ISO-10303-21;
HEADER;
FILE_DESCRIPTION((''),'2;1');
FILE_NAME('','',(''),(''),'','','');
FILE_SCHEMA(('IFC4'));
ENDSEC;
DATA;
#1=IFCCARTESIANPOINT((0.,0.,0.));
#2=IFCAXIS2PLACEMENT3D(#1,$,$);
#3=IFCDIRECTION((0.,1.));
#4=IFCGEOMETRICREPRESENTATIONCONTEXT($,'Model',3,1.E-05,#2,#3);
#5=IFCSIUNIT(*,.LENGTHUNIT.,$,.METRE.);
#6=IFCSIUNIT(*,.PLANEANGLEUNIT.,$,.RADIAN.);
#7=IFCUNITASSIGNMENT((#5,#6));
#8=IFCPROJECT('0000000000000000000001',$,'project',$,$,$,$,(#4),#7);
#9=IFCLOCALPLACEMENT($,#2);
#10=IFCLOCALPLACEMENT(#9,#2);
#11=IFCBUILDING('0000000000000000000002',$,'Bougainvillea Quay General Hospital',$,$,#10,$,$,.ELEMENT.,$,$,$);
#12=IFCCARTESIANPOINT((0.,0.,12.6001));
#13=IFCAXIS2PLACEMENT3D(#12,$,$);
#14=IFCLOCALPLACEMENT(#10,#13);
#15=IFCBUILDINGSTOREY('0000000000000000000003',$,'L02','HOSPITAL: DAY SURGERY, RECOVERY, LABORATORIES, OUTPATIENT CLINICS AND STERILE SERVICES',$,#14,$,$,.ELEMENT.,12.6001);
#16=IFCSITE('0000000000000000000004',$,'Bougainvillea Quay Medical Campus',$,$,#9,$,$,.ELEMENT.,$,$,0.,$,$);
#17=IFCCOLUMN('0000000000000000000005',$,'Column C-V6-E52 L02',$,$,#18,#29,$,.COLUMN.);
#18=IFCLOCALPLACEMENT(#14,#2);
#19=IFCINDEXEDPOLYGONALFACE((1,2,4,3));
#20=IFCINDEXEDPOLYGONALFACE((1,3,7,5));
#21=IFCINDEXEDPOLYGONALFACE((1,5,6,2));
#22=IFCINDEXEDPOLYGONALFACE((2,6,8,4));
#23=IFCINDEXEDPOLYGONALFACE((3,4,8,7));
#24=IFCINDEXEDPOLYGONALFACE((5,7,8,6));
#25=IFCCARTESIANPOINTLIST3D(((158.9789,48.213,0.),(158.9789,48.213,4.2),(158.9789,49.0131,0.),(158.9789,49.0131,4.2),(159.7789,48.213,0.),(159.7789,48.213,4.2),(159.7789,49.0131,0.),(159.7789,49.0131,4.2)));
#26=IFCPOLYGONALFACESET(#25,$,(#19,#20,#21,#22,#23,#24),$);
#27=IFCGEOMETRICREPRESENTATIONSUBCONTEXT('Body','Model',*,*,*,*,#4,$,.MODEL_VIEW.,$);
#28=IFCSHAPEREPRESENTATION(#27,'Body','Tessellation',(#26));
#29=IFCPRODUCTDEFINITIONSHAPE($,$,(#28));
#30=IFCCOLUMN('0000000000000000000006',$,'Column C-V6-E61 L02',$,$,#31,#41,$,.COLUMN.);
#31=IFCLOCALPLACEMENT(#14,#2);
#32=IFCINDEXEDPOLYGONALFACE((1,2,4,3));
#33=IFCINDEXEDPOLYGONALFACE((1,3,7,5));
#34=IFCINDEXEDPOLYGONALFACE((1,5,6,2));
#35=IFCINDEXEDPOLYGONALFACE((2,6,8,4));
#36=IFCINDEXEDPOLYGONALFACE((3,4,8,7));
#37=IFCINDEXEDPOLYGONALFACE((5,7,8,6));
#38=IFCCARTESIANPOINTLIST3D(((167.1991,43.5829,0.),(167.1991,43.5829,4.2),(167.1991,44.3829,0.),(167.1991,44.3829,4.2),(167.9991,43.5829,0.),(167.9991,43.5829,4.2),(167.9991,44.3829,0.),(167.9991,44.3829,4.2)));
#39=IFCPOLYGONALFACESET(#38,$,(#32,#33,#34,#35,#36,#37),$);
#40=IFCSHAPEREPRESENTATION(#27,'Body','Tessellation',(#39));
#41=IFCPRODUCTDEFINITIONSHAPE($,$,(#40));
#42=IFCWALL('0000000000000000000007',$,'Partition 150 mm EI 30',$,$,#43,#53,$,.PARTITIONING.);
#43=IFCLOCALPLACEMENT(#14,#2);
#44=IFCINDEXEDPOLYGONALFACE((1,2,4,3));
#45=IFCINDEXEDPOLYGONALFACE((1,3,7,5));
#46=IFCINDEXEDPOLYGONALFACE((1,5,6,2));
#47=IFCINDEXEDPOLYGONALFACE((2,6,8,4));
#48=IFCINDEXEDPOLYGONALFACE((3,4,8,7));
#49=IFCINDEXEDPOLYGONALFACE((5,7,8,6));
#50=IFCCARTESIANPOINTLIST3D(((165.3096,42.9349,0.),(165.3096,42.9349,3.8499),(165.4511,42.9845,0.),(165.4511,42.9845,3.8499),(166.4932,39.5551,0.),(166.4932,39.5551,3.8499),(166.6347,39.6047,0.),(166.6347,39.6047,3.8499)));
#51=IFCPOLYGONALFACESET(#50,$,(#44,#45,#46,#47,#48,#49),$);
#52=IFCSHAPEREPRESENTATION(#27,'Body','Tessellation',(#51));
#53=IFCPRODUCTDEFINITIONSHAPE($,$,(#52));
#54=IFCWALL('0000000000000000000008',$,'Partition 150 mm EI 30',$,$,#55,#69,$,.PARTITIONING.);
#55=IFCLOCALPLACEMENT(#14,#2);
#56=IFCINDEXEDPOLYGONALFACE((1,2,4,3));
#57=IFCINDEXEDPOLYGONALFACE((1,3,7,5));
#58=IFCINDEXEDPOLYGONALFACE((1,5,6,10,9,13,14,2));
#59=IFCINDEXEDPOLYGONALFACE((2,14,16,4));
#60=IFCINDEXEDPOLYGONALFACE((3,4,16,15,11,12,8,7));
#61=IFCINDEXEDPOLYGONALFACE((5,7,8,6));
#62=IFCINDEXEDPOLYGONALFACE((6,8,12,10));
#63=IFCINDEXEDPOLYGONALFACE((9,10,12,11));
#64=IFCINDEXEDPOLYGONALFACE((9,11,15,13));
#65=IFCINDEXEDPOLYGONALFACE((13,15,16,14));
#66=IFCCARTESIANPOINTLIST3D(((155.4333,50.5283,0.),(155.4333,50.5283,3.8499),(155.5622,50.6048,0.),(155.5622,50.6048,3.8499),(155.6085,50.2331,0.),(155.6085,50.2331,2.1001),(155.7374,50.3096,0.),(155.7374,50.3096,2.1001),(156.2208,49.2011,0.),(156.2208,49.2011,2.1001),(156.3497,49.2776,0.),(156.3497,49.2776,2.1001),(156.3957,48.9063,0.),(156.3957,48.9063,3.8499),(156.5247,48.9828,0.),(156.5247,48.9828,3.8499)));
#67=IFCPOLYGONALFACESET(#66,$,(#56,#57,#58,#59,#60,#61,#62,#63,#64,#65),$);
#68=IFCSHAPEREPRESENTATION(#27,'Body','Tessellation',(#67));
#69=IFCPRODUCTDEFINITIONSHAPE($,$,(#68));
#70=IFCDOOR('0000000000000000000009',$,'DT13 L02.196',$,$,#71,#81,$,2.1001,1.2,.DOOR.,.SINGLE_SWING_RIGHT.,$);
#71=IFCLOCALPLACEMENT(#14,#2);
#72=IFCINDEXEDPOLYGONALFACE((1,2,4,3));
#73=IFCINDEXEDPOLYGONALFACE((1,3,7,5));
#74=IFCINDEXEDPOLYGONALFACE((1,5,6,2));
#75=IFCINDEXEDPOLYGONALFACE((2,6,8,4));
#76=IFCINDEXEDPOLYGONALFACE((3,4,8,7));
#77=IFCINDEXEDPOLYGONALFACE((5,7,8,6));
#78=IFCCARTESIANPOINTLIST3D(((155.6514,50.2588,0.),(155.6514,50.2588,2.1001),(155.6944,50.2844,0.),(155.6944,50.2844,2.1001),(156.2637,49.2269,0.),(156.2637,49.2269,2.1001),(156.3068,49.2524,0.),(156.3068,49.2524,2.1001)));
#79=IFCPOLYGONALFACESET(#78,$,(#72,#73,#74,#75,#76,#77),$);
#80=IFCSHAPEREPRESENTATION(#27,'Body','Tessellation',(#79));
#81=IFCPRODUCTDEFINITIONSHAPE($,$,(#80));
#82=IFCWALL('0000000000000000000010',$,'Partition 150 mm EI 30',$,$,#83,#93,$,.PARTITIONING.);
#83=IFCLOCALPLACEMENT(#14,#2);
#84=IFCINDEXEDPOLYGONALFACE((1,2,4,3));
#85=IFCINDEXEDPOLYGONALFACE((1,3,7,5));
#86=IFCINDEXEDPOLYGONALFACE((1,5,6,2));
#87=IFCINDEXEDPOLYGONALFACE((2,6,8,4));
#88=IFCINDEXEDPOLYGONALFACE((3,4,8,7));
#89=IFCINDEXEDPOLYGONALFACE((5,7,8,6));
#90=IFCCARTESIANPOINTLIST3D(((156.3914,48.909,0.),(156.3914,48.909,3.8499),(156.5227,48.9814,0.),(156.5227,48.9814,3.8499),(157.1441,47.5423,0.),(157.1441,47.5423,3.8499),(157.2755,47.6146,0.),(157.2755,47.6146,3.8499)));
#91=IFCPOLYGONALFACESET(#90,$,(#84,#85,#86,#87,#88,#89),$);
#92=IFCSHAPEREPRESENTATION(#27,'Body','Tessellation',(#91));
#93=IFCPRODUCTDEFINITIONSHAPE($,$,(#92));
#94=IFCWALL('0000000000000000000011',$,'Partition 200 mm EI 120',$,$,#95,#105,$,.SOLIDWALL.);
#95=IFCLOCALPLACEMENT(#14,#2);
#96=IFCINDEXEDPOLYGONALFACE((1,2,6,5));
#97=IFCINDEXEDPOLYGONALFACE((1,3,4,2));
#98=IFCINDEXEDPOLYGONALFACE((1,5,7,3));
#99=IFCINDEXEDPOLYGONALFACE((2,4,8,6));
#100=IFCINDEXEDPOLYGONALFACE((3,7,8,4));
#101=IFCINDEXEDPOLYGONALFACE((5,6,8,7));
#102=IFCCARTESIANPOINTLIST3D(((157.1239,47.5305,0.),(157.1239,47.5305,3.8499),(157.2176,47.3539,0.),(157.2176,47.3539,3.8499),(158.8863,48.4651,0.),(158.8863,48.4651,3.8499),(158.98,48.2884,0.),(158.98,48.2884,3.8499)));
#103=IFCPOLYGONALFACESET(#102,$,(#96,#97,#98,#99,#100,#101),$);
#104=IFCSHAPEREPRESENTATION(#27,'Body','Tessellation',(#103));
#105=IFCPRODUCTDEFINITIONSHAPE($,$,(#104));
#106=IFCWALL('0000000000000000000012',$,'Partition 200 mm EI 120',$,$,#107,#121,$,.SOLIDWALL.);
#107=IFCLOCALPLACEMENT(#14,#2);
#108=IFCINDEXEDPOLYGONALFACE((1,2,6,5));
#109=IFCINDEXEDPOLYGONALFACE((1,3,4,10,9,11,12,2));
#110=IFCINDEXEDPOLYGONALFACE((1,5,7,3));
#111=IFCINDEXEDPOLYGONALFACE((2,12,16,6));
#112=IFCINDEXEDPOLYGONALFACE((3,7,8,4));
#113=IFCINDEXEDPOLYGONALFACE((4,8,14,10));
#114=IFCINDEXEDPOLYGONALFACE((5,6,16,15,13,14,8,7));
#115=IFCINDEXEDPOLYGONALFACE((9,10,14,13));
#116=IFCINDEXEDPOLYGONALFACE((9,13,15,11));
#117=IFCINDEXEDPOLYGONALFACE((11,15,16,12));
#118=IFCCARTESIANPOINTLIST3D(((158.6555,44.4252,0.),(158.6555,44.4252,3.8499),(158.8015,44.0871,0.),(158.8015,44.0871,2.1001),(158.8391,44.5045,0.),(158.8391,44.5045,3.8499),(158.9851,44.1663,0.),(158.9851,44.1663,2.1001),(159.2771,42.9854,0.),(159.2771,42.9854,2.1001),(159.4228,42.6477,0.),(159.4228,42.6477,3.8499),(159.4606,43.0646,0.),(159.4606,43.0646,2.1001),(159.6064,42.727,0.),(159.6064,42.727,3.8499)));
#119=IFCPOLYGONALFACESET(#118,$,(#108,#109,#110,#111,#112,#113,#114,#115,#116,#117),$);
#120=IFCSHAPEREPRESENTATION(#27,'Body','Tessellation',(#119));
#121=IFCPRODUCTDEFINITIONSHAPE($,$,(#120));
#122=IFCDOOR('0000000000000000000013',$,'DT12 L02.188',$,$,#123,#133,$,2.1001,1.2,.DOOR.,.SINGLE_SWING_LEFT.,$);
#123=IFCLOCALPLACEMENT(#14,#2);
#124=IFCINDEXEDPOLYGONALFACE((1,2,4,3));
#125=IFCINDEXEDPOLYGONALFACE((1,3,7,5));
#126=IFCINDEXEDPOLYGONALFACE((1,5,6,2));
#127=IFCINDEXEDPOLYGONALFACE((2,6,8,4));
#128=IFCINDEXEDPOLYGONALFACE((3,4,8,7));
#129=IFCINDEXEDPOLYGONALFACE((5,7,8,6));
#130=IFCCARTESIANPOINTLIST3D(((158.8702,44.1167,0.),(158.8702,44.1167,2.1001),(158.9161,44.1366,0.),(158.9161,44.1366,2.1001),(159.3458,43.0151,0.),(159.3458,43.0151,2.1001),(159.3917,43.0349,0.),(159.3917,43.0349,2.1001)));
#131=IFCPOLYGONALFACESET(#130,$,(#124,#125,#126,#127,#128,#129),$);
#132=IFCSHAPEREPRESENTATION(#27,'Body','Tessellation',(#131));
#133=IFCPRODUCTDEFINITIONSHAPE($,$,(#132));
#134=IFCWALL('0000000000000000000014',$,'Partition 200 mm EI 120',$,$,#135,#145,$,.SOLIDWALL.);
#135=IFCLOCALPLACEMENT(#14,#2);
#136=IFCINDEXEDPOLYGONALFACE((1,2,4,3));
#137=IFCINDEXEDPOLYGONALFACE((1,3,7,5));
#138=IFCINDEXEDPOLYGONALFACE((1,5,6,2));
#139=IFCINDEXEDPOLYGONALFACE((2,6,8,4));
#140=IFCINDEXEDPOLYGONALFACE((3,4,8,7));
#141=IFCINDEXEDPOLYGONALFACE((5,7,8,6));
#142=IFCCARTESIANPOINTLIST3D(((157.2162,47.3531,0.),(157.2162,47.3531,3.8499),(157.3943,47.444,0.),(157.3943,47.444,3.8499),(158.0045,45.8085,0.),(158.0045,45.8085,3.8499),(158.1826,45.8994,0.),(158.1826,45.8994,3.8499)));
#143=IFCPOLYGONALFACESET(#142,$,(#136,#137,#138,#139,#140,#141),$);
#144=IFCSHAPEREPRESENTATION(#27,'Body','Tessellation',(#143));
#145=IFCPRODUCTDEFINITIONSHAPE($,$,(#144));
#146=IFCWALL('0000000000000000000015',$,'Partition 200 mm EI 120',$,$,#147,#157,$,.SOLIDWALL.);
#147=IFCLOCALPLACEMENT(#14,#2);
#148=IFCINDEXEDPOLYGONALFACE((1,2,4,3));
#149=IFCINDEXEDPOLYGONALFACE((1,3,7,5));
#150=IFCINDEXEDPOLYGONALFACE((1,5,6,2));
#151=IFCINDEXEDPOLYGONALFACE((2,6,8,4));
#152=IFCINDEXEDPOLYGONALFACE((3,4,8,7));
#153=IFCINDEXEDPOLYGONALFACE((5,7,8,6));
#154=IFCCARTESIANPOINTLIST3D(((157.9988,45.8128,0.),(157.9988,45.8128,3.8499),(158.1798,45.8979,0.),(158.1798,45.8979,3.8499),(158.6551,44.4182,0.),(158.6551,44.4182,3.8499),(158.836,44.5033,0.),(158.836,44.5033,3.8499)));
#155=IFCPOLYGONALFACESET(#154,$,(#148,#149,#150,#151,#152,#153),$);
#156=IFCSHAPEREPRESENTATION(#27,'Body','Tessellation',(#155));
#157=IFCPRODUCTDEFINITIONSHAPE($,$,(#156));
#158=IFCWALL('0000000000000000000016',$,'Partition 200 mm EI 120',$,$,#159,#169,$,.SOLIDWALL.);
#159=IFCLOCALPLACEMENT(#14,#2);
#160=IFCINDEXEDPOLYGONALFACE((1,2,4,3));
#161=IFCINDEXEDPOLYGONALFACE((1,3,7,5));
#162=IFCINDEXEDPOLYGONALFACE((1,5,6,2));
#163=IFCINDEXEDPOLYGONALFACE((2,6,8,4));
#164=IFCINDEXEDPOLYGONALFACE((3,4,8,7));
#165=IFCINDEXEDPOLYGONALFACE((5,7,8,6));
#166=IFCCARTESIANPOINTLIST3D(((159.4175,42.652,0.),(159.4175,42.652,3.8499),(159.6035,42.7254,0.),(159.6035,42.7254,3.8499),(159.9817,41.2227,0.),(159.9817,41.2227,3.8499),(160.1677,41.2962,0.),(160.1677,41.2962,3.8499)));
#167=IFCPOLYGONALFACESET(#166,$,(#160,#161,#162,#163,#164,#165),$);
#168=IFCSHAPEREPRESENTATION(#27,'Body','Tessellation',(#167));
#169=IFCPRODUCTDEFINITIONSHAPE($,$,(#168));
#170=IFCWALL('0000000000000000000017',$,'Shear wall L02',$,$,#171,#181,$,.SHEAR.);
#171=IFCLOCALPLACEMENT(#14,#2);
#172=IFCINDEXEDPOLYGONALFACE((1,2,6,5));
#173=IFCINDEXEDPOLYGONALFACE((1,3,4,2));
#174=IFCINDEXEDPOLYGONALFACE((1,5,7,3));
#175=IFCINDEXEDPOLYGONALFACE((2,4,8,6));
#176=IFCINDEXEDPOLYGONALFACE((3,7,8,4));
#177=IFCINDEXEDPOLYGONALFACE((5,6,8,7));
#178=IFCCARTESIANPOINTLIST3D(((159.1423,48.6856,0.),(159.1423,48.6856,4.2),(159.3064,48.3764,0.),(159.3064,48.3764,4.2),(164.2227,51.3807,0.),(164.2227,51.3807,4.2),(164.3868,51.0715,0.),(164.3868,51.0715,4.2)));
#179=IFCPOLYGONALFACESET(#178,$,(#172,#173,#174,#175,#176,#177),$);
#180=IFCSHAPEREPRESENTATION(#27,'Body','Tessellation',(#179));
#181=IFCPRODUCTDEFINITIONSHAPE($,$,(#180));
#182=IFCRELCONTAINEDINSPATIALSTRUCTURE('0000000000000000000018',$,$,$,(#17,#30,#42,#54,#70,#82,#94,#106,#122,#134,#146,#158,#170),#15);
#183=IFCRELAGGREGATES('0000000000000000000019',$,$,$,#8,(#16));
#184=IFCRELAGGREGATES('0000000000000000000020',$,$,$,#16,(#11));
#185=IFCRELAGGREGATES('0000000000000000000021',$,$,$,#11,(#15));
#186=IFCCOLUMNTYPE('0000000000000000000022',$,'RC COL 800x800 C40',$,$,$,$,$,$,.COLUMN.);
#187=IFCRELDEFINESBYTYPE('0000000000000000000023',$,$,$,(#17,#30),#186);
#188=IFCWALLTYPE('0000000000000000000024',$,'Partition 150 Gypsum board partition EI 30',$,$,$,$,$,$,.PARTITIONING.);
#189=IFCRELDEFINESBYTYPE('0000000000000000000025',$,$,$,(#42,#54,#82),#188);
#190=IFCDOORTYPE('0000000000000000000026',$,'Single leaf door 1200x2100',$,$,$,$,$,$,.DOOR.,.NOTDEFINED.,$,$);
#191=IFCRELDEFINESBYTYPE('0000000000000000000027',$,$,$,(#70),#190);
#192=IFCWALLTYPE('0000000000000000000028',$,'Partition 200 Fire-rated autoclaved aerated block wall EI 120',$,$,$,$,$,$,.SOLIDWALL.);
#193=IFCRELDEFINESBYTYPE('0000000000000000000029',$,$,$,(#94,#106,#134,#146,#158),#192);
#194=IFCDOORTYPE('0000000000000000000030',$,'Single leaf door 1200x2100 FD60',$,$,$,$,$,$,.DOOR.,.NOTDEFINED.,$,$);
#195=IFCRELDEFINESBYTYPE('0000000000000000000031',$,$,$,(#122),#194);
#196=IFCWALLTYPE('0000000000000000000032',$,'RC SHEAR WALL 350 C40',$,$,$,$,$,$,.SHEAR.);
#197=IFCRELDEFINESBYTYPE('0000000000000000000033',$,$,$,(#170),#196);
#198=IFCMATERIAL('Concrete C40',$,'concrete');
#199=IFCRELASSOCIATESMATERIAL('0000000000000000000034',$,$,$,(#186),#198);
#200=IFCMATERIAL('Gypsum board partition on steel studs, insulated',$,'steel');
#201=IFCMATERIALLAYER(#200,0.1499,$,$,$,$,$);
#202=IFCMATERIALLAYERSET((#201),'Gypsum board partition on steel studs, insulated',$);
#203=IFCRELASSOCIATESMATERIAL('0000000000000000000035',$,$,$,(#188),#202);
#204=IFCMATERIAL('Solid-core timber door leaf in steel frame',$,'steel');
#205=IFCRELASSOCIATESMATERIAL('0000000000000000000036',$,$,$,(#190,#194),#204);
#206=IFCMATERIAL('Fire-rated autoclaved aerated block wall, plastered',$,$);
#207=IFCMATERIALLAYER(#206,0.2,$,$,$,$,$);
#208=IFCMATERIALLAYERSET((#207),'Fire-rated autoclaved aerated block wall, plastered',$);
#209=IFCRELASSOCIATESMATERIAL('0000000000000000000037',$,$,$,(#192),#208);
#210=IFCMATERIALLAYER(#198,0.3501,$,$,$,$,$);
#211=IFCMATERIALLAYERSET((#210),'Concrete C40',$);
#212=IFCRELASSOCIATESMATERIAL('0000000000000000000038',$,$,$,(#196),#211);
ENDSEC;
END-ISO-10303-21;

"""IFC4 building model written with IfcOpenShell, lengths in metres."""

from ifc_helpers import new_model, si_unit, direction, frame, frame_2d, origin, origin_2d, place, context, subcontext, project, spatial, rectangle, extrude, material, layer, layer_set, material_profile, profile_set, type_object, element, fill, save


model = new_model("IFC4")

# Units and contexts
model_context = context("Model", 3, precision=1e-05, world=origin(), true_north=direction((0.0, 1.0)))
body_context = subcontext(model_context, "Body", "Model", "MODEL_VIEW")
ifc_project = project(units=[si_unit("LENGTHUNIT", "METRE"), si_unit("PLANEANGLEUNIT", "RADIAN")], contexts=[model_context])

# Site, building, storey
site_placement = place(None, origin())
site = spatial("IfcSite", under=ifc_project, at=site_placement, Name="Bougainvillea Quay Medical Campus", CompositionType="ELEMENT", RefElevation=0.0)
building_placement = place(site_placement, origin())
building = spatial("IfcBuilding", under=site, at=building_placement, Name="Bougainvillea Quay General Hospital", CompositionType="ELEMENT")
storey_placement = place(building_placement, frame((0.0, 0.0, 12.6001)))
storey = spatial("IfcBuildingStorey", under=building, at=storey_placement, Name="L02", Description="HOSPITAL: DAY SURGERY, RECOVERY, LABORATORIES, OUTPATIENT CLINICS AND STERILE SERVICES", CompositionType="ELEMENT", Elevation=12.6001)

# Columns
ifc_material_1 = material(Name="Concrete C40", Category="concrete")
ifc_material_profile = material_profile(ifc_material_1, rectangle(XDim=0.8, YDim=0.8, at=origin_2d()))
ifc_profile_set = profile_set([ifc_material_profile], Name="Concrete C40")
column_type = type_object("IfcColumnType", Name="RC COL 800x800 C40", PredefinedType="COLUMN", material=ifc_profile_set)
for number, where, z_axis, x_axis, name in (
    (1, (159.3789, 48.613, 0.0), (0.0, 0.0, 1.0), (1.0, 0.0, 0.0), "Column C-V6-E52 L02"),
    (2, (167.5991, 43.9829, 0.0), (0.0, 0.0, 1.0), (1.0, 0.0, 0.0), "Column C-V6-E61 L02"),
):
    element("IfcColumn", number, at=place(storey_placement, frame(where, z_axis=z_axis, x_axis=x_axis)), inside=storey, type_object=column_type, Name=name, PredefinedType="COLUMN", context=body_context, shape_type="SweptSolid", body=[
        extrude(rectangle(XDim=0.8, YDim=0.8, at=origin_2d()), origin(), (0.0, 0.0, 1.0), 4.2),
    ])

# Wall
ifc_material_2 = material(Name="Gypsum board partition on steel studs, insulated", Category="steel")
ifc_layer_1 = layer(ifc_material_2, 0.1499)
ifc_layer_set_1 = layer_set([ifc_layer_1], Name="Gypsum board partition on steel studs, insulated")
wall_type_1 = type_object("IfcWallType", Name="Partition 150 Gypsum board partition EI 30", PredefinedType="PARTITIONING", material=ifc_layer_set_1)
wall_1_placement = place(storey_placement, frame((165.3804, 42.9597, 0.0), z_axis=(0.0, 0.0, 1.0), x_axis=(0.330508, -0.943803, 0.0)))
element("IfcWall", 3, at=wall_1_placement, inside=storey, type_object=wall_type_1, Name="Partition 150 mm EI 30", PredefinedType="PARTITIONING", context=body_context, shape_type="SweptSolid", body=[
    extrude(rectangle(XDim=3.5811, YDim=0.1499, at=frame_2d((1.7905, 0.0))), origin(), (0.0, 0.0, 1.0), 3.8499),
])

# Wall, opening, door
wall_2_placement = place(storey_placement, frame((155.4978, 50.5664, 0.0), z_axis=(0.0, 0.0, 1.0), x_axis=(0.51032, -0.859984, 0.0)))
wall_2 = element("IfcWall", 4, at=wall_2_placement, inside=storey, type_object=wall_type_1, Name="Partition 150 mm EI 30", PredefinedType="PARTITIONING", context=body_context, shape_type="SweptSolid", body=[
    extrude(rectangle(XDim=1.886, YDim=0.1499, at=frame_2d((0.9429, 0.0))), origin(), (0.0, 0.0, 1.0), 3.8499),
])
opening_1_placement = place(wall_2_placement, frame((0.343, 0.0, 0.0)))
opening_1 = element("IfcOpeningElement", 5, at=opening_1_placement, cuts=wall_2, PredefinedType="OPENING", context=body_context, shape_type="SweptSolid", body=[
    extrude(rectangle(XDim=1.2, YDim=2.1001, at=frame_2d((0.6001, 1.05))), frame((0.0, 0.085, 0.0), z_axis=(0.0, -1.0, 0.0), x_axis=(1.0, 0.0, 0.0)), (0.0, 0.0, 1.0), 0.1699),
])
ifc_material_3 = material(Name="Solid-core timber door leaf in steel frame", Category="steel")
door_type_1 = type_object("IfcDoorType", Name="Single leaf door 1200x2100", OperationType="NOTDEFINED", PredefinedType="DOOR", material=ifc_material_3)
door_1_placement = place(opening_1_placement, frame((1.2, 0.0, 0.0), z_axis=(0.0, 0.0, 1.0), x_axis=(-1.0, 0.0, 0.0)))
door_1 = element("IfcDoor", 6, at=door_1_placement, inside=storey, type_object=door_type_1, Name="DT13 L02.196", OperationType="SINGLE_SWING_RIGHT", OverallHeight=2.1001, OverallWidth=1.2, PredefinedType="DOOR", context=body_context, shape_type="SweptSolid", body=[
    extrude(rectangle(XDim=1.2, YDim=2.1001, at=frame_2d((0.6001, 1.05))), frame((0.0, 0.0249, 0.0), z_axis=(0.0, -1.0, 0.0), x_axis=(1.0, 0.0, 0.0)), (0.0, 0.0, 1.0), 0.05),
])
fill(opening_1, door_1)

# Walls
wall_3_placement = place(storey_placement, frame((156.457, 48.9453, 0.0), z_axis=(0.0, 0.0, 1.0), x_axis=(0.482411, -0.875945, 0.0)))
element("IfcWall", 7, at=wall_3_placement, inside=storey, type_object=wall_type_1, Name="Partition 150 mm EI 30", PredefinedType="PARTITIONING", context=body_context, shape_type="SweptSolid", body=[
    extrude(rectangle(XDim=1.5603, YDim=0.1499, at=frame_2d((0.7803, 0.0))), origin(), (0.0, 0.0, 1.0), 3.8499),
])
ifc_material_4 = material(Name="Fire-rated autoclaved aerated block wall, plastered")
ifc_layer_2 = layer(ifc_material_4, 0.2)
ifc_layer_set_2 = layer_set([ifc_layer_2], Name="Fire-rated autoclaved aerated block wall, plastered")
wall_type_2 = type_object("IfcWallType", Name="Partition 200 Fire-rated autoclaved aerated block wall EI 120", PredefinedType="SOLIDWALL", material=ifc_layer_set_2)
wall_4_placement = place(storey_placement, frame((157.1707, 47.4421, 0.0), z_axis=(0.0, 0.0, 1.0), x_axis=(0.883475, 0.468478, 0.0)))
element("IfcWall", 8, at=wall_4_placement, inside=storey, type_object=wall_type_2, Name="Partition 200 mm EI 120", PredefinedType="SOLIDWALL", context=body_context, shape_type="SweptSolid", body=[
    extrude(rectangle(XDim=1.9949, YDim=0.2, at=frame_2d((0.9976, 0.0))), origin(), (0.0, 0.0, 1.0), 3.8499),
])

# Wall, opening, door
wall_5_placement = place(storey_placement, frame((158.7473, 44.4648, 0.0), z_axis=(0.0, 0.0, 1.0), x_axis=(0.396322, -0.918111, 0.0)))
wall_5 = element("IfcWall", 9, at=wall_5_placement, inside=storey, type_object=wall_type_2, Name="Partition 200 mm EI 120", PredefinedType="SOLIDWALL", context=body_context, shape_type="SweptSolid", body=[
    extrude(rectangle(XDim=1.936, YDim=0.2, at=frame_2d((0.968, 0.0))), origin(), (0.0, 0.0, 1.0), 3.8499),
])
opening_2_placement = place(wall_5_placement, frame((0.3682, 0.0, 0.0)))
opening_2 = element("IfcOpeningElement", 10, at=opening_2_placement, cuts=wall_5, PredefinedType="OPENING", context=body_context, shape_type="SweptSolid", body=[
    extrude(rectangle(XDim=1.2, YDim=2.1001, at=frame_2d((0.6001, 1.05))), frame((0.0, 0.1099, 0.0), z_axis=(0.0, -1.0, 0.0), x_axis=(1.0, 0.0, 0.0)), (0.0, 0.0, 1.0), 0.22),
])
door_type_2 = type_object("IfcDoorType", Name="Single leaf door 1200x2100 FD60", OperationType="NOTDEFINED", PredefinedType="DOOR", material=ifc_material_3)
door_2_placement = place(opening_2_placement, origin())
door_2 = element("IfcDoor", 11, at=door_2_placement, inside=storey, type_object=door_type_2, Name="DT12 L02.188", OperationType="SINGLE_SWING_LEFT", OverallHeight=2.1001, OverallWidth=1.2, PredefinedType="DOOR", context=body_context, shape_type="SweptSolid", body=[
    extrude(rectangle(XDim=1.2, YDim=2.1001, at=frame_2d((0.6001, 1.05))), frame((0.0, 0.0249, 0.0), z_axis=(0.0, -1.0, 0.0), x_axis=(1.0, 0.0, 0.0)), (0.0, 0.0, 1.0), 0.05),
])
fill(opening_2, door_2)

# Walls
wall_6_placement = place(storey_placement, frame((157.3052, 47.3987, 0.0), z_axis=(0.0, 0.0, 1.0), x_axis=(0.454575, -0.890708, 0.0)))
element("IfcWall", 12, at=wall_6_placement, inside=storey, type_object=wall_type_2, Name="Partition 200 mm EI 120", PredefinedType="SOLIDWALL", context=body_context, shape_type="SweptSolid", body=[
    extrude(rectangle(XDim=1.7341, YDim=0.2, at=frame_2d((0.8672, 0.0))), origin(), (0.0, 0.0, 1.0), 3.8499),
])
wall_7_placement = place(storey_placement, frame((158.0894, 45.8552, 0.0), z_axis=(0.0, 0.0, 1.0), x_axis=(0.425797, -0.904819, 0.0)))
element("IfcWall", 13, at=wall_7_placement, inside=storey, type_object=wall_type_2, Name="Partition 200 mm EI 120", PredefinedType="SOLIDWALL", context=body_context, shape_type="SweptSolid", body=[
    extrude(rectangle(XDim=1.5413, YDim=0.2, at=frame_2d((0.7705, 0.0))), origin(), (0.0, 0.0, 1.0), 3.8499),
])
wall_8_placement = place(storey_placement, frame((159.5105, 42.6887, 0.0), z_axis=(0.0, 0.0, 1.0), x_axis=(0.367195, -0.930144, 0.0)))
element("IfcWall", 14, at=wall_8_placement, inside=storey, type_object=wall_type_2, Name="Partition 200 mm EI 120", PredefinedType="SOLIDWALL", context=body_context, shape_type="SweptSolid", body=[
    extrude(rectangle(XDim=1.5366, YDim=0.2, at=frame_2d((0.7683, 0.0))), origin(), (0.0, 0.0, 1.0), 3.8499),
])
ifc_layer_3 = layer(ifc_material_1, 0.3501)
ifc_layer_set_3 = layer_set([ifc_layer_3], Name="Concrete C40")
wall_type_3 = type_object("IfcWallType", Name="RC SHEAR WALL 350 C40", PredefinedType="SHEAR", material=ifc_layer_set_3)
wall_9_placement = place(storey_placement, frame((159.2244, 48.531, 0.0), z_axis=(0.0, 0.0, 1.0), x_axis=(0.883393, 0.468633, 0.0)))
element("IfcWall", 15, at=wall_9_placement, inside=storey, type_object=wall_type_3, Name="Shear wall L02", PredefinedType="SHEAR", context=body_context, shape_type="SweptSolid", body=[
    extrude(rectangle(XDim=5.751, YDim=0.3501, at=frame_2d((2.8755, 0.0))), origin(), (0.0, 0.0, 1.0), 4.2),
])

save(model, "model.ifc")
